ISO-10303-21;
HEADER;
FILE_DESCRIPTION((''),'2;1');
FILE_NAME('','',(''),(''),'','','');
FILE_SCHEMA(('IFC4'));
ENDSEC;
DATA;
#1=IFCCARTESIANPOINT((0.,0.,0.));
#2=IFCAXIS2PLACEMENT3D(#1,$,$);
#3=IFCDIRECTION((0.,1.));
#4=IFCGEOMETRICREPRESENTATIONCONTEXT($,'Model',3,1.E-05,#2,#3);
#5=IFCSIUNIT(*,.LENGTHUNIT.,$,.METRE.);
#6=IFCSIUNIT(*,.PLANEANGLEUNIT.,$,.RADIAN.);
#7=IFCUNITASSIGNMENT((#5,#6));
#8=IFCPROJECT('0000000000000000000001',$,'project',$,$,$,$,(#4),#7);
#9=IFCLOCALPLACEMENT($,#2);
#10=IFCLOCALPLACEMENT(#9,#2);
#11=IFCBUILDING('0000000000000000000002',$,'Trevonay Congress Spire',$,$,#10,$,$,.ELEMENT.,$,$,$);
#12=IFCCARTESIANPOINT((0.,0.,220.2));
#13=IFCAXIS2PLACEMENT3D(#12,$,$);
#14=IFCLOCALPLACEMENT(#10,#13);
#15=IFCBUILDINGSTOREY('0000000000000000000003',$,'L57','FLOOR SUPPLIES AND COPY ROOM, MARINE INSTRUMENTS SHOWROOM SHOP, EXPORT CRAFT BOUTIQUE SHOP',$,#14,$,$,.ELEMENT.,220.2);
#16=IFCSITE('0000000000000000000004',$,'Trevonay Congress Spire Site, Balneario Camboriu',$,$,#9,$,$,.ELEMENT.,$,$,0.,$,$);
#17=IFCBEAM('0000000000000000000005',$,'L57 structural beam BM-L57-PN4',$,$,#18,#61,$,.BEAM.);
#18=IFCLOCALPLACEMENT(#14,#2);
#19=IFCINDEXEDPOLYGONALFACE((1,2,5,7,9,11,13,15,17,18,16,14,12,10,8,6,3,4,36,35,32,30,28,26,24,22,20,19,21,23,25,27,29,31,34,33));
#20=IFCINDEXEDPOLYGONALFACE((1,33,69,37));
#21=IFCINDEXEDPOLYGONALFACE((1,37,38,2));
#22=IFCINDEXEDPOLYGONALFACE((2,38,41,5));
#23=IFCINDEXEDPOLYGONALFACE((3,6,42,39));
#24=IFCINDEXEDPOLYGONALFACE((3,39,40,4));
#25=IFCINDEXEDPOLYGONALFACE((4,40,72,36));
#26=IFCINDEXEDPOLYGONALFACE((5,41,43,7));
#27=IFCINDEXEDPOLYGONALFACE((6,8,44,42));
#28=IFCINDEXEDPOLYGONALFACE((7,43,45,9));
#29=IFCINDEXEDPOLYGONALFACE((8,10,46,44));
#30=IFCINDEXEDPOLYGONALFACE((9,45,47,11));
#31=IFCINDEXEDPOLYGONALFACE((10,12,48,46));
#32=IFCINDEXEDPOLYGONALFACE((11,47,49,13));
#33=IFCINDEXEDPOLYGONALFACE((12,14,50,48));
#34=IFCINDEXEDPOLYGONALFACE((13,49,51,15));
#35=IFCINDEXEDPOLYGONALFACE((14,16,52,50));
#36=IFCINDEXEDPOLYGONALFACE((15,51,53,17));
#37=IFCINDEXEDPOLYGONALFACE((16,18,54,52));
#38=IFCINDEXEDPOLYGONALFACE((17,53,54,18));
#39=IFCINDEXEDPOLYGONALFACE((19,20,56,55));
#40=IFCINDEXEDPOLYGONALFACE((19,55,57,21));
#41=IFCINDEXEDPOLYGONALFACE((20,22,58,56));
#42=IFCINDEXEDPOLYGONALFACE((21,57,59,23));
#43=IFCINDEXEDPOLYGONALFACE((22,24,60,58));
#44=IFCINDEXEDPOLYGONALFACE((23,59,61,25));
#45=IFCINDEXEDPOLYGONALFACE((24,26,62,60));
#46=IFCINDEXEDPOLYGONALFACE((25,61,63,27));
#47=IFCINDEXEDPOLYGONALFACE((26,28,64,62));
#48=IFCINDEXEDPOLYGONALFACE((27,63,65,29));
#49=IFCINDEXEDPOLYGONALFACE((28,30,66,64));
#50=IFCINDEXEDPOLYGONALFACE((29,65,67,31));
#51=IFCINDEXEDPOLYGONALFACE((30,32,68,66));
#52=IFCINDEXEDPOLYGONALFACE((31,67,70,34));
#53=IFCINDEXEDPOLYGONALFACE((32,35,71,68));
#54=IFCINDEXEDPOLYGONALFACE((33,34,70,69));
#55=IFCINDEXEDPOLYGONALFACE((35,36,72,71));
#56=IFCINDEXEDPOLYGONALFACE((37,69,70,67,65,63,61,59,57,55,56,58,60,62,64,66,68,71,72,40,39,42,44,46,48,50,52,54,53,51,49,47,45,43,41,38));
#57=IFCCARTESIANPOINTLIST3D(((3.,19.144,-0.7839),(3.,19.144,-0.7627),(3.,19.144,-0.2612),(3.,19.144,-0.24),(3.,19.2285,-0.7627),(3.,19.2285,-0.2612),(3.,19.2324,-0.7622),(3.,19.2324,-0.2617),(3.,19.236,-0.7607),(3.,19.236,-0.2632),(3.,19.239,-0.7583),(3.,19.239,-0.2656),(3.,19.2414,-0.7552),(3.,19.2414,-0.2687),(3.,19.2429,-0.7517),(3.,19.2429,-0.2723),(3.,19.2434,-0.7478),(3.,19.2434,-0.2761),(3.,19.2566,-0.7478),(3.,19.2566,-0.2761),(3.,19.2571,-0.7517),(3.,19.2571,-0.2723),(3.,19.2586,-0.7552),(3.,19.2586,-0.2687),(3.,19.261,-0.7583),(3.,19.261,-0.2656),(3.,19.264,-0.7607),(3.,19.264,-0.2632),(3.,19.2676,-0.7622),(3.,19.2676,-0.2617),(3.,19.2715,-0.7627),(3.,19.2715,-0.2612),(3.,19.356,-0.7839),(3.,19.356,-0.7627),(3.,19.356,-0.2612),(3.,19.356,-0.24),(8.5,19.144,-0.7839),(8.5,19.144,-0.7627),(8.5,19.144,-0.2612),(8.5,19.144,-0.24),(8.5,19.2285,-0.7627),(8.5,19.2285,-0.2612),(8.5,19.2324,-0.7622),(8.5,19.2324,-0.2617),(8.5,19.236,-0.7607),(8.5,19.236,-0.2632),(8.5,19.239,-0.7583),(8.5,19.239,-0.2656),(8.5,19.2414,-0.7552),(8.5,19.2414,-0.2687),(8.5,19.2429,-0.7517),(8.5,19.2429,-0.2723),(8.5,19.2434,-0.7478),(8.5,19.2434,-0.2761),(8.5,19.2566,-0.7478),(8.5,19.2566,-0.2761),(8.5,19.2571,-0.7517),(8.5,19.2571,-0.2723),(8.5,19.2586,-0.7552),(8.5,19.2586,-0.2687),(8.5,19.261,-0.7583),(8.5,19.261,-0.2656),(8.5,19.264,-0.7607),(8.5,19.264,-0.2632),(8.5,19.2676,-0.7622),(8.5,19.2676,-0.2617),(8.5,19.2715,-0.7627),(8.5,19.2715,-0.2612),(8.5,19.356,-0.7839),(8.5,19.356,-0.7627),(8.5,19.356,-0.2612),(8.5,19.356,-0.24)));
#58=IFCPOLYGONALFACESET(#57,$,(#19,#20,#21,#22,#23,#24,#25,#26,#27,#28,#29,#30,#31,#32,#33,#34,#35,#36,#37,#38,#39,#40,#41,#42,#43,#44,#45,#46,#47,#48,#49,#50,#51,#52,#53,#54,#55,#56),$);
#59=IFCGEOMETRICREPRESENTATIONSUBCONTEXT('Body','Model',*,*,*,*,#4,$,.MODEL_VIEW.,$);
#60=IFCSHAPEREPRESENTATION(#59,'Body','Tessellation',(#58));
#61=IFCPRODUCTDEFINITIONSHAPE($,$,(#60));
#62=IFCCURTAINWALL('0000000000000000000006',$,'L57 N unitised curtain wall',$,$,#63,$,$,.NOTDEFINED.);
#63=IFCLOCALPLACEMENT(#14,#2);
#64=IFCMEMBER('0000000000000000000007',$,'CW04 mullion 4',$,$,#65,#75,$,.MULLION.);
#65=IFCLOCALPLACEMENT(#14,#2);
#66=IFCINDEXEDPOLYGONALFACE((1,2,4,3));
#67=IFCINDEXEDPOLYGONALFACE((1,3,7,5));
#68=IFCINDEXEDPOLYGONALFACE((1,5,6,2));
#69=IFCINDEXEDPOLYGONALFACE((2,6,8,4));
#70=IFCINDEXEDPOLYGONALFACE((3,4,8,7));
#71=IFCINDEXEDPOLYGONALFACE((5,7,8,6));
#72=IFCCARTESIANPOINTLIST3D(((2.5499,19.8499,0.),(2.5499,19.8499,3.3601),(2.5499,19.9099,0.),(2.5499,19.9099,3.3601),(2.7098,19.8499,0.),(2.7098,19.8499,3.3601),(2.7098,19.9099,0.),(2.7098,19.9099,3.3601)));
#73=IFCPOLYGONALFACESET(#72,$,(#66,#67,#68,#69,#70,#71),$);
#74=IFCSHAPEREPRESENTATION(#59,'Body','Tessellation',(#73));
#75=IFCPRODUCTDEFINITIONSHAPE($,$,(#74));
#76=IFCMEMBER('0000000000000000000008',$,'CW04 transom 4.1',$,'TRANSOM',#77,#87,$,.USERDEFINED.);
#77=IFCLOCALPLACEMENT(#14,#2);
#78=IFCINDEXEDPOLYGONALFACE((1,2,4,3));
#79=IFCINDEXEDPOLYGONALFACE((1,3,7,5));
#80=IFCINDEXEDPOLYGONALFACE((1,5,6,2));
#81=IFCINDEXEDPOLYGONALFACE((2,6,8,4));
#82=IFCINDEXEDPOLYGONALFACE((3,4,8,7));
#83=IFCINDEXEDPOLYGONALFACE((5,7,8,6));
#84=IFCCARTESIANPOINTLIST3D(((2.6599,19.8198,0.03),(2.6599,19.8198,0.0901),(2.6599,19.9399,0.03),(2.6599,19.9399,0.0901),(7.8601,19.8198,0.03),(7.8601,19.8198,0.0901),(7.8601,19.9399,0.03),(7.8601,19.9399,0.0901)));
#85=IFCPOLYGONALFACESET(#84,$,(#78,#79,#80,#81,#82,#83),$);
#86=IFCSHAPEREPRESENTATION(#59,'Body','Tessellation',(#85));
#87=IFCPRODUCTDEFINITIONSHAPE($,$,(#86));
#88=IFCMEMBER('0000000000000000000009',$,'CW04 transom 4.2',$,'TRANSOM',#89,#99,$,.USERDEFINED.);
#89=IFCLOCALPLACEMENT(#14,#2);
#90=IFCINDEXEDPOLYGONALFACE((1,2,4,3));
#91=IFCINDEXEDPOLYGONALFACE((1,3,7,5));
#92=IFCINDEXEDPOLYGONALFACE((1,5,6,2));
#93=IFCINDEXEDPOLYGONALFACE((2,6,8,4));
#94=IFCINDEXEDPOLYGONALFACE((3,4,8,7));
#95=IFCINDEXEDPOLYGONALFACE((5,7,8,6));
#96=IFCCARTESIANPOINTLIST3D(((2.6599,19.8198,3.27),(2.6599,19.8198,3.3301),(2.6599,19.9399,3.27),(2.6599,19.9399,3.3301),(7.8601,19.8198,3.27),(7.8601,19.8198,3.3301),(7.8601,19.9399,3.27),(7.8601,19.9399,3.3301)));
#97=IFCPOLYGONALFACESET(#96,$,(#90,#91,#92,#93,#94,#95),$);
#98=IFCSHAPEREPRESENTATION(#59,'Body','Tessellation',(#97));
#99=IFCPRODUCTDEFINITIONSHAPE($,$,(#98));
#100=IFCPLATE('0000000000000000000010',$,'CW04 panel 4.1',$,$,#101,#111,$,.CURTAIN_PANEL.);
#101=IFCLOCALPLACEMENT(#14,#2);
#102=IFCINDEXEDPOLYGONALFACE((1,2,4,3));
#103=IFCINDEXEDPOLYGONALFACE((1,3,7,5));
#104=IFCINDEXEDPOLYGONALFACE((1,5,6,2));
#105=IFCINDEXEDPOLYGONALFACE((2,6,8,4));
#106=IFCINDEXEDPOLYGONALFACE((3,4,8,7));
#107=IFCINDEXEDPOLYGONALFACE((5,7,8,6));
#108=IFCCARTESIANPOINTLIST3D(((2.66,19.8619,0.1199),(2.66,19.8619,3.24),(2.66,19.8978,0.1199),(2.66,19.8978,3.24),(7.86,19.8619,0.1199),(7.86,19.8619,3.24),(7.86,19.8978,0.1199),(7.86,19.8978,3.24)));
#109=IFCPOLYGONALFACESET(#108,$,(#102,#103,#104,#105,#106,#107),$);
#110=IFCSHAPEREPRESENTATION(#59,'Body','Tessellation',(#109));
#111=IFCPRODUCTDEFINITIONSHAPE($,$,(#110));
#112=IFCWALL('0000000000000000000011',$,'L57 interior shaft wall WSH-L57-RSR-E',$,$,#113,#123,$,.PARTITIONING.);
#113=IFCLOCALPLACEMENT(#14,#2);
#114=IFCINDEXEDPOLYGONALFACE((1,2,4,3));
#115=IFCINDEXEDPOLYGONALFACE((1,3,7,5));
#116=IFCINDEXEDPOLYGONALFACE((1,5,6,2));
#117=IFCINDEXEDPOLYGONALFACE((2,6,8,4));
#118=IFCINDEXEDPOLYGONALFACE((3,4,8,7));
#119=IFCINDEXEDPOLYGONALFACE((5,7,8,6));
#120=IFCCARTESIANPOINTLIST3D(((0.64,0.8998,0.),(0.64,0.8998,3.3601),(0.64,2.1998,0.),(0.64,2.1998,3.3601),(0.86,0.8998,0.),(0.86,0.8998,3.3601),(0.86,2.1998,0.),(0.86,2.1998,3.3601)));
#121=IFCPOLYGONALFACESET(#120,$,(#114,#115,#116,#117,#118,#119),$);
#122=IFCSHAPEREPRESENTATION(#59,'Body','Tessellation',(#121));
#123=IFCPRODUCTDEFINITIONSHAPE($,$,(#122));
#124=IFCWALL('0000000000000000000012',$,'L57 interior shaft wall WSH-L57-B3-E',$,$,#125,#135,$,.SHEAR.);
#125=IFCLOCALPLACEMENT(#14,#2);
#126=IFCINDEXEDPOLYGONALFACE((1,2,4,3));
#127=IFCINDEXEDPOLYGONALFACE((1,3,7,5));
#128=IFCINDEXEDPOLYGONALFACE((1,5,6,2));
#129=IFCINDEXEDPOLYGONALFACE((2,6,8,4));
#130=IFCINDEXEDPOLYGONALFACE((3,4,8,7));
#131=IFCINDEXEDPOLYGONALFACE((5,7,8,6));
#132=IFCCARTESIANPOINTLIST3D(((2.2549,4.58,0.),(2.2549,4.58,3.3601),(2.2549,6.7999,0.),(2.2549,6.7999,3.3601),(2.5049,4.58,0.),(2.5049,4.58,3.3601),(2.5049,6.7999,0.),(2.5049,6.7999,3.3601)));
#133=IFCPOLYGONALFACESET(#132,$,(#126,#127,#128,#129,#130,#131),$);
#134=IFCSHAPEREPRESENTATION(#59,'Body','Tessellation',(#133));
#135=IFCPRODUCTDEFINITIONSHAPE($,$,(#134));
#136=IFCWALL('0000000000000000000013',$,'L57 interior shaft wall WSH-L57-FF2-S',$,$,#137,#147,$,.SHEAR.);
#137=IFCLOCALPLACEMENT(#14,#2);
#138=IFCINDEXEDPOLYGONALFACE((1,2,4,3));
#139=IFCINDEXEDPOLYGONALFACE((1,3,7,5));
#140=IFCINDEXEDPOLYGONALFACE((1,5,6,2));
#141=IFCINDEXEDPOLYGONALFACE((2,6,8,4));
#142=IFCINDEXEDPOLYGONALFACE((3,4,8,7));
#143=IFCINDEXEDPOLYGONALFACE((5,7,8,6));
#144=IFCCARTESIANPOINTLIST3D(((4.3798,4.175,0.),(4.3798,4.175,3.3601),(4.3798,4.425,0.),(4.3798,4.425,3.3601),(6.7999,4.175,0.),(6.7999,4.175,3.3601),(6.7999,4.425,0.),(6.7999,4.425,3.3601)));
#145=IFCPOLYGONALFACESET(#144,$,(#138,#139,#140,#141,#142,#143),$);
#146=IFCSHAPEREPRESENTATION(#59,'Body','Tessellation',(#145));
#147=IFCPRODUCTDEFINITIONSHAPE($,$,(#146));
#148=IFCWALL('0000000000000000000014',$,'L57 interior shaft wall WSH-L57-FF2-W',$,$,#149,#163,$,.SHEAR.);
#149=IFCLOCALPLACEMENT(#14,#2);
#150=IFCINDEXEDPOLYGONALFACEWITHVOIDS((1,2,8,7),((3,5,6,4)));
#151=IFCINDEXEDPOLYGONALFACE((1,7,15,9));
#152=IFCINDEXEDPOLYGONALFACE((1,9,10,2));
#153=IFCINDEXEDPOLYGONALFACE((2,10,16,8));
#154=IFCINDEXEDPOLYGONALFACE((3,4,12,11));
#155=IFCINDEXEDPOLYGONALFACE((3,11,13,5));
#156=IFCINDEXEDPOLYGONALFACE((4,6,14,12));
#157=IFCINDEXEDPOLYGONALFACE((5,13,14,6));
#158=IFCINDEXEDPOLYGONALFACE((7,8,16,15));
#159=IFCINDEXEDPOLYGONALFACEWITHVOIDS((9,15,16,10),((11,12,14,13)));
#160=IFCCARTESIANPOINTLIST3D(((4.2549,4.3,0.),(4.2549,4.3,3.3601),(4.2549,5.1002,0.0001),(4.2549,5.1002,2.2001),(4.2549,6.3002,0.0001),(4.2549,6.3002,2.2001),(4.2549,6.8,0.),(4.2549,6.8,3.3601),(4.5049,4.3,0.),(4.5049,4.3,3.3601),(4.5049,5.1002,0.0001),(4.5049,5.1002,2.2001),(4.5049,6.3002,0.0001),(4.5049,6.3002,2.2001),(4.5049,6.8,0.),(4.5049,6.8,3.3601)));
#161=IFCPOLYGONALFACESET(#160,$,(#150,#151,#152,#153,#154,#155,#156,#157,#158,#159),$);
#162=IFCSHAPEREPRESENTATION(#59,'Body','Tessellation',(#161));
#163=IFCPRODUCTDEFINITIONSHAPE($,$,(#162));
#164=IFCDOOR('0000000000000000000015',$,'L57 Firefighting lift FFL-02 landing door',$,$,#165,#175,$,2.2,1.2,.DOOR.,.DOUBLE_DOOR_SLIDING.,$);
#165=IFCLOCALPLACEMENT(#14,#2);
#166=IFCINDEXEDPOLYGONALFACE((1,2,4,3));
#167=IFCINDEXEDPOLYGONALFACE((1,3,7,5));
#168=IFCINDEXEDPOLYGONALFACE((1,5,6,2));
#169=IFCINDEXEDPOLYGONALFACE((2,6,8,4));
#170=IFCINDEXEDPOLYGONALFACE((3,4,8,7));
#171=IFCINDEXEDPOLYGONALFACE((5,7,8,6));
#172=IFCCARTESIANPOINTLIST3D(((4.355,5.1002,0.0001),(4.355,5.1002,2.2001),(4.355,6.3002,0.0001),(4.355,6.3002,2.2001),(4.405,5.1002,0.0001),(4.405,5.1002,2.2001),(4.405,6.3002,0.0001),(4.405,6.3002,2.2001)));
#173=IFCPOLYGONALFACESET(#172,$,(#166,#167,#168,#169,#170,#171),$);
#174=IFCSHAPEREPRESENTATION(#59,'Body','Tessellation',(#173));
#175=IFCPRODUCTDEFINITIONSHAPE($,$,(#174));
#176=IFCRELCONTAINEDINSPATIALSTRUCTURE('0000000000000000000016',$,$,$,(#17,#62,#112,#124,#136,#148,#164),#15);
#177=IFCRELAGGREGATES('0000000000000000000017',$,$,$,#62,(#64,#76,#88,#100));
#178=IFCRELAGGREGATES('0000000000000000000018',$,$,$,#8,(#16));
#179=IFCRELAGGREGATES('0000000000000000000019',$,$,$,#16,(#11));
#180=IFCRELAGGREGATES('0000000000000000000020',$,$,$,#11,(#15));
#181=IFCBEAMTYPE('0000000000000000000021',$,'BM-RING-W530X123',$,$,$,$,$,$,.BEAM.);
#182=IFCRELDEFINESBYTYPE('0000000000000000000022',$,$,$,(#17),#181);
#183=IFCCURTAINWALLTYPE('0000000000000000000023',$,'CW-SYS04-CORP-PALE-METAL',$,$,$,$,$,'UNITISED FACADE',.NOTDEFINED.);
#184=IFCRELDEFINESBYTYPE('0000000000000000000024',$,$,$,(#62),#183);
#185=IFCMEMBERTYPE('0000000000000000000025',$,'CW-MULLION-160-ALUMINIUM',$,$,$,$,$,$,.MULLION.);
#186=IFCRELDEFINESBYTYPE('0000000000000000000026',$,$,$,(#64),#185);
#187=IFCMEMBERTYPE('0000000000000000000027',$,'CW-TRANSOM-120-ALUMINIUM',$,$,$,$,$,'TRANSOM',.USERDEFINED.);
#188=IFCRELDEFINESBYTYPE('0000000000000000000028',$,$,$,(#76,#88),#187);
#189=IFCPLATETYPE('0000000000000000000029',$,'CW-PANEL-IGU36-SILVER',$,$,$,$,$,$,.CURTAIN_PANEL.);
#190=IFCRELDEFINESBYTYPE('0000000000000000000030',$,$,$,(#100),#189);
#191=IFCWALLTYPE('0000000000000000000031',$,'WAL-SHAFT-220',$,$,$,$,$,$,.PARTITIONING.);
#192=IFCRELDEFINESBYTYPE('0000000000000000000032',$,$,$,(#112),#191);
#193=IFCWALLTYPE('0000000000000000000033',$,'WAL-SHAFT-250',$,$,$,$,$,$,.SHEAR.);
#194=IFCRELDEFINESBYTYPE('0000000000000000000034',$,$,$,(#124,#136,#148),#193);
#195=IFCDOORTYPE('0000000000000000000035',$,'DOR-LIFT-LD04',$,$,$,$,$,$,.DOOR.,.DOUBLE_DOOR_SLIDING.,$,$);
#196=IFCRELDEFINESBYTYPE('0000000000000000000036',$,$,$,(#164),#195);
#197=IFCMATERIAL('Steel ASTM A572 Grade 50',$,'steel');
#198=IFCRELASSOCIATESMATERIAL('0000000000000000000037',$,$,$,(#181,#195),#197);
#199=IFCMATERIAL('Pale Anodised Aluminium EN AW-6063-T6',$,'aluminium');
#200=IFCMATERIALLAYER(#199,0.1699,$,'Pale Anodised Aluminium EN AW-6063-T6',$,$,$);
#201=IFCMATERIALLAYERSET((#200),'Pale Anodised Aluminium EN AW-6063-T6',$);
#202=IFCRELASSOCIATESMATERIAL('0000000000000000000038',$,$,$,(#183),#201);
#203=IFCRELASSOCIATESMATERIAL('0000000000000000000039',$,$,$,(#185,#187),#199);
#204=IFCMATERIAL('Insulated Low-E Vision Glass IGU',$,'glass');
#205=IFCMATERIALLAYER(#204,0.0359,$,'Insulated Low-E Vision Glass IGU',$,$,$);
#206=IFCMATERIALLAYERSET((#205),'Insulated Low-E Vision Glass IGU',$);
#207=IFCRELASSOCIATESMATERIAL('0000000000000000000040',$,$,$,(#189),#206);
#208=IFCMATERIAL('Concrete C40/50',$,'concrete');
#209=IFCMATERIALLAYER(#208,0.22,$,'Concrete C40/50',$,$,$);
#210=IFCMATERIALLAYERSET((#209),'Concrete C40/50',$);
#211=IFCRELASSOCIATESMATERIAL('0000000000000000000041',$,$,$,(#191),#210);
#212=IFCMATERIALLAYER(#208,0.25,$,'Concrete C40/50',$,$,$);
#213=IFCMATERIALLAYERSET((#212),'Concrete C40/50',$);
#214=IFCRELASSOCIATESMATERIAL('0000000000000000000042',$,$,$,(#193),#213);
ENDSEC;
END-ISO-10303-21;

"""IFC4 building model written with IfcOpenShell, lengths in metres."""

from ifc_helpers import new_model, si_unit, direction, frame, frame_2d, origin, origin_2d, place, context, subcontext, project, spatial, rectangle, i_section, extrude, material, layer, layer_set, material_profile, profile_set, type_object, element, fill, aggregate, save


model = new_model("IFC4")

# Units and contexts
model_context = context("Model", 3, precision=1e-05, world=origin(), true_north=direction((0.0, 1.0)))
body_context = subcontext(model_context, "Body", "Model", "MODEL_VIEW")
ifc_project = project(units=[si_unit("LENGTHUNIT", "METRE"), si_unit("PLANEANGLEUNIT", "RADIAN")], contexts=[model_context])

# Site, building, storey
site_placement = place(None, origin())
site = spatial("IfcSite", under=ifc_project, at=site_placement, Name="Trevonay Congress Spire Site, Balneario Camboriu", CompositionType="ELEMENT", RefElevation=0.0)
building_placement = place(site_placement, origin())
building = spatial("IfcBuilding", under=site, at=building_placement, Name="Trevonay Congress Spire", CompositionType="ELEMENT")
storey_placement = place(building_placement, frame((0.0, 0.0, 220.2)))
storey = spatial("IfcBuildingStorey", under=building, at=storey_placement, Name="L57", Description="FLOOR SUPPLIES AND COPY ROOM, MARINE INSTRUMENTS SHOWROOM SHOP, EXPORT CRAFT BOUTIQUE SHOP", CompositionType="ELEMENT", Elevation=220.2)

# Shared definitions
ifc_material_1 = material(Name="Steel ASTM A572 Grade 50", Category="steel")

# Beam
ifc_material_profile_1 = material_profile(ifc_material_1, i_section(OverallWidth=0.2119, OverallDepth=0.5439, WebThickness=0.0132, FlangeThickness=0.0212, FilletRadius=0.0149, at=origin_2d()), Name="W530x123")
ifc_profile_set_1 = profile_set([ifc_material_profile_1], Name="Steel ASTM A572 Grade 50")
beam_type_1 = type_object("IfcBeamType", Name="BM-RING-W530X123", PredefinedType="BEAM", material=ifc_profile_set_1)
beam_1_placement = place(storey_placement, frame((3.0, 19.25, -0.512), z_axis=(1.0, 0.0, 0.0), x_axis=(0.0, 1.0, 0.0)))
element("IfcBeam", 1, at=beam_1_placement, inside=storey, type_object=beam_type_1, Name="L57 structural beam BM-L57-PN4", PredefinedType="BEAM", context=body_context, shape_type="SweptSolid", body=[
    extrude(i_section(OverallWidth=0.2119, OverallDepth=0.5439, WebThickness=0.0132, FlangeThickness=0.0212, FilletRadius=0.0149, at=origin_2d()), origin(), (0.0, 0.0, 1.0), 5.5),
])

# Curtain wall, members, plate
ifc_material_2 = material(Name="Pale Anodised Aluminium EN AW-6063-T6", Category="aluminium")
ifc_layer_1 = layer(ifc_material_2, 0.1699, Name="Pale Anodised Aluminium EN AW-6063-T6")
ifc_layer_set_1 = layer_set([ifc_layer_1], Name="Pale Anodised Aluminium EN AW-6063-T6")
curtain_wall_type = type_object("IfcCurtainWallType", Name="CW-SYS04-CORP-PALE-METAL", ElementType="UNITISED FACADE", PredefinedType="NOTDEFINED", material=ifc_layer_set_1)
curtain_wall_placement = place(storey_placement, origin())
curtain_wall = element("IfcCurtainWall", 2, at=curtain_wall_placement, inside=storey, type_object=curtain_wall_type, Name="L57 N unitised curtain wall", PredefinedType="NOTDEFINED")
ifc_material_profile_2 = material_profile(ifc_material_2, rectangle(XDim=0.0601, YDim=0.1599, at=origin_2d()), Name="CW-MULLION-160-ALUMINIUM")
ifc_profile_set_2 = profile_set([ifc_material_profile_2], Name="Pale Anodised Aluminium EN AW-6063-T6")
member_type_1 = type_object("IfcMemberType", Name="CW-MULLION-160-ALUMINIUM", PredefinedType="MULLION", material=ifc_profile_set_2)
member_1_placement = place(storey_placement, frame((2.6299, 19.8799, 0.0), z_axis=(0.0, 0.0, 1.0), x_axis=(0.0, 1.0, 0.0)))
member_1 = element("IfcMember", 3, at=member_1_placement, type_object=member_type_1, Name="CW04 mullion 4", PredefinedType="MULLION", context=body_context, shape_type="SweptSolid", body=[
    extrude(rectangle(XDim=0.0601, YDim=0.1599, at=origin_2d()), origin(), (0.0, 0.0, 1.0), 3.3601),
])
ifc_material_profile_3 = material_profile(ifc_material_2, rectangle(XDim=0.1201, YDim=0.0601, at=origin_2d()), Name="CW-TRANSOM-120-ALUMINIUM")
ifc_profile_set_3 = profile_set([ifc_material_profile_3], Name="Pale Anodised Aluminium EN AW-6063-T6")
member_type_2 = type_object("IfcMemberType", Name="CW-TRANSOM-120-ALUMINIUM", ElementType="TRANSOM", PredefinedType="USERDEFINED", material=ifc_profile_set_3)
member_2_placement = place(storey_placement, frame((2.6599, 19.8799, 0.0601), z_axis=(1.0, 0.0, 0.0), x_axis=(0.0, 1.0, 0.0)))
member_2 = element("IfcMember", 4, at=member_2_placement, type_object=member_type_2, Name="CW04 transom 4.1", ObjectType="TRANSOM", PredefinedType="USERDEFINED", context=body_context, shape_type="SweptSolid", body=[
    extrude(rectangle(XDim=0.1201, YDim=0.0601, at=origin_2d()), origin(), (0.0, 0.0, 1.0), 5.2002),
])
member_3_placement = place(storey_placement, frame((2.6599, 19.8799, 3.3), z_axis=(1.0, 0.0, 0.0), x_axis=(0.0, 1.0, 0.0)))
member_3 = element("IfcMember", 5, at=member_3_placement, type_object=member_type_2, Name="CW04 transom 4.2", ObjectType="TRANSOM", PredefinedType="USERDEFINED", context=body_context, shape_type="SweptSolid", body=[
    extrude(rectangle(XDim=0.1201, YDim=0.0601, at=origin_2d()), origin(), (0.0, 0.0, 1.0), 5.2002),
])
ifc_material_3 = material(Name="Insulated Low-E Vision Glass IGU", Category="glass")
ifc_layer_2 = layer(ifc_material_3, 0.0359, Name="Insulated Low-E Vision Glass IGU")
ifc_layer_set_2 = layer_set([ifc_layer_2], Name="Insulated Low-E Vision Glass IGU")
plate_type = type_object("IfcPlateType", Name="CW-PANEL-IGU36-SILVER", PredefinedType="CURTAIN_PANEL", material=ifc_layer_set_2)
plate_placement = place(storey_placement, frame((5.26, 19.8799, 0.1199), z_axis=(0.0, 0.0, 1.0), x_axis=(1.0, 0.0, 0.0)))
plate = element("IfcPlate", 6, at=plate_placement, type_object=plate_type, Name="CW04 panel 4.1", PredefinedType="CURTAIN_PANEL", context=body_context, shape_type="SweptSolid", body=[
    extrude(rectangle(XDim=5.2, YDim=0.0359, at=origin_2d()), origin(), (0.0, 0.0, 1.0), 3.1201),
])
aggregate(curtain_wall, [member_1, member_2, member_3, plate])

# Walls
ifc_material_4 = material(Name="Concrete C40/50", Category="concrete")
ifc_layer_3 = layer(ifc_material_4, 0.22, Name="Concrete C40/50")
ifc_layer_set_3 = layer_set([ifc_layer_3], Name="Concrete C40/50")
wall_type_1 = type_object("IfcWallType", Name="WAL-SHAFT-220", PredefinedType="PARTITIONING", material=ifc_layer_set_3)
wall_1_placement = place(storey_placement, frame((0.75, 0.8999, 0.0), z_axis=(0.0, 0.0, 1.0), x_axis=(0.0, 1.0, 0.0)))
element("IfcWall", 7, at=wall_1_placement, inside=storey, type_object=wall_type_1, Name="L57 interior shaft wall WSH-L57-RSR-E", PredefinedType="PARTITIONING", context=body_context, shape_type="SweptSolid", body=[
    extrude(rectangle(XDim=1.3, YDim=0.22, at=frame_2d((0.6499, 0.0))), origin(), (0.0, 0.0, 1.0), 3.3601),
])
ifc_layer_4 = layer(ifc_material_4, 0.25, Name="Concrete C40/50")
ifc_layer_set_4 = layer_set([ifc_layer_4], Name="Concrete C40/50")
wall_type_2 = type_object("IfcWallType", Name="WAL-SHAFT-250", PredefinedType="SHEAR", material=ifc_layer_set_4)
wall_2_placement = place(storey_placement, frame((2.3799, 4.5801, 0.0), z_axis=(0.0, 0.0, 1.0), x_axis=(0.0, 1.0, 0.0)))
element("IfcWall", 8, at=wall_2_placement, inside=storey, type_object=wall_type_2, Name="L57 interior shaft wall WSH-L57-B3-E", PredefinedType="SHEAR", context=body_context, shape_type="SweptSolid", body=[
    extrude(rectangle(XDim=2.22, YDim=0.25, at=frame_2d((1.1099, 0.0))), origin(), (0.0, 0.0, 1.0), 3.3601),
])
wall_3_placement = place(storey_placement, frame((4.3799, 4.3, 0.0), z_axis=(0.0, 0.0, 1.0), x_axis=(1.0, 0.0, 0.0)))
element("IfcWall", 9, at=wall_3_placement, inside=storey, type_object=wall_type_2, Name="L57 interior shaft wall WSH-L57-FF2-S", PredefinedType="SHEAR", context=body_context, shape_type="SweptSolid", body=[
    extrude(rectangle(XDim=2.4202, YDim=0.25, at=frame_2d((1.21, 0.0))), origin(), (0.0, 0.0, 1.0), 3.3601),
])

# Wall, opening, door
wall_4_placement = place(storey_placement, frame((4.3799, 4.3, 0.0), z_axis=(0.0, 0.0, 1.0), x_axis=(0.0, 1.0, 0.0)))
wall_4 = element("IfcWall", 10, at=wall_4_placement, inside=storey, type_object=wall_type_2, Name="L57 interior shaft wall WSH-L57-FF2-W", PredefinedType="SHEAR", context=body_context, shape_type="SweptSolid", body=[
    extrude(rectangle(XDim=2.5, YDim=0.25, at=frame_2d((1.25, 0.0))), origin(), (0.0, 0.0, 1.0), 3.3601),
])
opening_1_placement = place(wall_4_placement, frame((0.8, 0.0, 0.0)))
opening_1 = element("IfcOpeningElement", 11, at=opening_1_placement, cuts=wall_4, PredefinedType="OPENING", context=body_context, shape_type="SweptSolid", body=[
    extrude(rectangle(XDim=1.2, YDim=2.2, at=frame_2d((0.6001, 1.1001))), frame((0.0, 0.135, 0.0), z_axis=(0.0, -1.0, 0.0), x_axis=(1.0, 0.0, 0.0)), (0.0, 0.0, 1.0), 0.27),
])
door_type_1 = type_object("IfcDoorType", Name="DOR-LIFT-LD04", OperationType="DOUBLE_DOOR_SLIDING", PredefinedType="DOOR", material=ifc_material_1)
door_1_placement = place(opening_1_placement, origin())
door_1 = element("IfcDoor", 12, at=door_1_placement, inside=storey, type_object=door_type_1, Name="L57 Firefighting lift FFL-02 landing door", OperationType="DOUBLE_DOOR_SLIDING", OverallHeight=2.2, OverallWidth=1.2, PredefinedType="DOOR", context=body_context, shape_type="SweptSolid", body=[
    extrude(rectangle(XDim=1.2, YDim=2.2, at=frame_2d((0.6001, 1.1001))), frame((0.0, 0.0249, 0.0), z_axis=(0.0, -1.0, 0.0), x_axis=(1.0, 0.0, 0.0)), (0.0, 0.0, 1.0), 0.05),
])
fill(opening_1, door_1)

save(model, "model.ifc")
